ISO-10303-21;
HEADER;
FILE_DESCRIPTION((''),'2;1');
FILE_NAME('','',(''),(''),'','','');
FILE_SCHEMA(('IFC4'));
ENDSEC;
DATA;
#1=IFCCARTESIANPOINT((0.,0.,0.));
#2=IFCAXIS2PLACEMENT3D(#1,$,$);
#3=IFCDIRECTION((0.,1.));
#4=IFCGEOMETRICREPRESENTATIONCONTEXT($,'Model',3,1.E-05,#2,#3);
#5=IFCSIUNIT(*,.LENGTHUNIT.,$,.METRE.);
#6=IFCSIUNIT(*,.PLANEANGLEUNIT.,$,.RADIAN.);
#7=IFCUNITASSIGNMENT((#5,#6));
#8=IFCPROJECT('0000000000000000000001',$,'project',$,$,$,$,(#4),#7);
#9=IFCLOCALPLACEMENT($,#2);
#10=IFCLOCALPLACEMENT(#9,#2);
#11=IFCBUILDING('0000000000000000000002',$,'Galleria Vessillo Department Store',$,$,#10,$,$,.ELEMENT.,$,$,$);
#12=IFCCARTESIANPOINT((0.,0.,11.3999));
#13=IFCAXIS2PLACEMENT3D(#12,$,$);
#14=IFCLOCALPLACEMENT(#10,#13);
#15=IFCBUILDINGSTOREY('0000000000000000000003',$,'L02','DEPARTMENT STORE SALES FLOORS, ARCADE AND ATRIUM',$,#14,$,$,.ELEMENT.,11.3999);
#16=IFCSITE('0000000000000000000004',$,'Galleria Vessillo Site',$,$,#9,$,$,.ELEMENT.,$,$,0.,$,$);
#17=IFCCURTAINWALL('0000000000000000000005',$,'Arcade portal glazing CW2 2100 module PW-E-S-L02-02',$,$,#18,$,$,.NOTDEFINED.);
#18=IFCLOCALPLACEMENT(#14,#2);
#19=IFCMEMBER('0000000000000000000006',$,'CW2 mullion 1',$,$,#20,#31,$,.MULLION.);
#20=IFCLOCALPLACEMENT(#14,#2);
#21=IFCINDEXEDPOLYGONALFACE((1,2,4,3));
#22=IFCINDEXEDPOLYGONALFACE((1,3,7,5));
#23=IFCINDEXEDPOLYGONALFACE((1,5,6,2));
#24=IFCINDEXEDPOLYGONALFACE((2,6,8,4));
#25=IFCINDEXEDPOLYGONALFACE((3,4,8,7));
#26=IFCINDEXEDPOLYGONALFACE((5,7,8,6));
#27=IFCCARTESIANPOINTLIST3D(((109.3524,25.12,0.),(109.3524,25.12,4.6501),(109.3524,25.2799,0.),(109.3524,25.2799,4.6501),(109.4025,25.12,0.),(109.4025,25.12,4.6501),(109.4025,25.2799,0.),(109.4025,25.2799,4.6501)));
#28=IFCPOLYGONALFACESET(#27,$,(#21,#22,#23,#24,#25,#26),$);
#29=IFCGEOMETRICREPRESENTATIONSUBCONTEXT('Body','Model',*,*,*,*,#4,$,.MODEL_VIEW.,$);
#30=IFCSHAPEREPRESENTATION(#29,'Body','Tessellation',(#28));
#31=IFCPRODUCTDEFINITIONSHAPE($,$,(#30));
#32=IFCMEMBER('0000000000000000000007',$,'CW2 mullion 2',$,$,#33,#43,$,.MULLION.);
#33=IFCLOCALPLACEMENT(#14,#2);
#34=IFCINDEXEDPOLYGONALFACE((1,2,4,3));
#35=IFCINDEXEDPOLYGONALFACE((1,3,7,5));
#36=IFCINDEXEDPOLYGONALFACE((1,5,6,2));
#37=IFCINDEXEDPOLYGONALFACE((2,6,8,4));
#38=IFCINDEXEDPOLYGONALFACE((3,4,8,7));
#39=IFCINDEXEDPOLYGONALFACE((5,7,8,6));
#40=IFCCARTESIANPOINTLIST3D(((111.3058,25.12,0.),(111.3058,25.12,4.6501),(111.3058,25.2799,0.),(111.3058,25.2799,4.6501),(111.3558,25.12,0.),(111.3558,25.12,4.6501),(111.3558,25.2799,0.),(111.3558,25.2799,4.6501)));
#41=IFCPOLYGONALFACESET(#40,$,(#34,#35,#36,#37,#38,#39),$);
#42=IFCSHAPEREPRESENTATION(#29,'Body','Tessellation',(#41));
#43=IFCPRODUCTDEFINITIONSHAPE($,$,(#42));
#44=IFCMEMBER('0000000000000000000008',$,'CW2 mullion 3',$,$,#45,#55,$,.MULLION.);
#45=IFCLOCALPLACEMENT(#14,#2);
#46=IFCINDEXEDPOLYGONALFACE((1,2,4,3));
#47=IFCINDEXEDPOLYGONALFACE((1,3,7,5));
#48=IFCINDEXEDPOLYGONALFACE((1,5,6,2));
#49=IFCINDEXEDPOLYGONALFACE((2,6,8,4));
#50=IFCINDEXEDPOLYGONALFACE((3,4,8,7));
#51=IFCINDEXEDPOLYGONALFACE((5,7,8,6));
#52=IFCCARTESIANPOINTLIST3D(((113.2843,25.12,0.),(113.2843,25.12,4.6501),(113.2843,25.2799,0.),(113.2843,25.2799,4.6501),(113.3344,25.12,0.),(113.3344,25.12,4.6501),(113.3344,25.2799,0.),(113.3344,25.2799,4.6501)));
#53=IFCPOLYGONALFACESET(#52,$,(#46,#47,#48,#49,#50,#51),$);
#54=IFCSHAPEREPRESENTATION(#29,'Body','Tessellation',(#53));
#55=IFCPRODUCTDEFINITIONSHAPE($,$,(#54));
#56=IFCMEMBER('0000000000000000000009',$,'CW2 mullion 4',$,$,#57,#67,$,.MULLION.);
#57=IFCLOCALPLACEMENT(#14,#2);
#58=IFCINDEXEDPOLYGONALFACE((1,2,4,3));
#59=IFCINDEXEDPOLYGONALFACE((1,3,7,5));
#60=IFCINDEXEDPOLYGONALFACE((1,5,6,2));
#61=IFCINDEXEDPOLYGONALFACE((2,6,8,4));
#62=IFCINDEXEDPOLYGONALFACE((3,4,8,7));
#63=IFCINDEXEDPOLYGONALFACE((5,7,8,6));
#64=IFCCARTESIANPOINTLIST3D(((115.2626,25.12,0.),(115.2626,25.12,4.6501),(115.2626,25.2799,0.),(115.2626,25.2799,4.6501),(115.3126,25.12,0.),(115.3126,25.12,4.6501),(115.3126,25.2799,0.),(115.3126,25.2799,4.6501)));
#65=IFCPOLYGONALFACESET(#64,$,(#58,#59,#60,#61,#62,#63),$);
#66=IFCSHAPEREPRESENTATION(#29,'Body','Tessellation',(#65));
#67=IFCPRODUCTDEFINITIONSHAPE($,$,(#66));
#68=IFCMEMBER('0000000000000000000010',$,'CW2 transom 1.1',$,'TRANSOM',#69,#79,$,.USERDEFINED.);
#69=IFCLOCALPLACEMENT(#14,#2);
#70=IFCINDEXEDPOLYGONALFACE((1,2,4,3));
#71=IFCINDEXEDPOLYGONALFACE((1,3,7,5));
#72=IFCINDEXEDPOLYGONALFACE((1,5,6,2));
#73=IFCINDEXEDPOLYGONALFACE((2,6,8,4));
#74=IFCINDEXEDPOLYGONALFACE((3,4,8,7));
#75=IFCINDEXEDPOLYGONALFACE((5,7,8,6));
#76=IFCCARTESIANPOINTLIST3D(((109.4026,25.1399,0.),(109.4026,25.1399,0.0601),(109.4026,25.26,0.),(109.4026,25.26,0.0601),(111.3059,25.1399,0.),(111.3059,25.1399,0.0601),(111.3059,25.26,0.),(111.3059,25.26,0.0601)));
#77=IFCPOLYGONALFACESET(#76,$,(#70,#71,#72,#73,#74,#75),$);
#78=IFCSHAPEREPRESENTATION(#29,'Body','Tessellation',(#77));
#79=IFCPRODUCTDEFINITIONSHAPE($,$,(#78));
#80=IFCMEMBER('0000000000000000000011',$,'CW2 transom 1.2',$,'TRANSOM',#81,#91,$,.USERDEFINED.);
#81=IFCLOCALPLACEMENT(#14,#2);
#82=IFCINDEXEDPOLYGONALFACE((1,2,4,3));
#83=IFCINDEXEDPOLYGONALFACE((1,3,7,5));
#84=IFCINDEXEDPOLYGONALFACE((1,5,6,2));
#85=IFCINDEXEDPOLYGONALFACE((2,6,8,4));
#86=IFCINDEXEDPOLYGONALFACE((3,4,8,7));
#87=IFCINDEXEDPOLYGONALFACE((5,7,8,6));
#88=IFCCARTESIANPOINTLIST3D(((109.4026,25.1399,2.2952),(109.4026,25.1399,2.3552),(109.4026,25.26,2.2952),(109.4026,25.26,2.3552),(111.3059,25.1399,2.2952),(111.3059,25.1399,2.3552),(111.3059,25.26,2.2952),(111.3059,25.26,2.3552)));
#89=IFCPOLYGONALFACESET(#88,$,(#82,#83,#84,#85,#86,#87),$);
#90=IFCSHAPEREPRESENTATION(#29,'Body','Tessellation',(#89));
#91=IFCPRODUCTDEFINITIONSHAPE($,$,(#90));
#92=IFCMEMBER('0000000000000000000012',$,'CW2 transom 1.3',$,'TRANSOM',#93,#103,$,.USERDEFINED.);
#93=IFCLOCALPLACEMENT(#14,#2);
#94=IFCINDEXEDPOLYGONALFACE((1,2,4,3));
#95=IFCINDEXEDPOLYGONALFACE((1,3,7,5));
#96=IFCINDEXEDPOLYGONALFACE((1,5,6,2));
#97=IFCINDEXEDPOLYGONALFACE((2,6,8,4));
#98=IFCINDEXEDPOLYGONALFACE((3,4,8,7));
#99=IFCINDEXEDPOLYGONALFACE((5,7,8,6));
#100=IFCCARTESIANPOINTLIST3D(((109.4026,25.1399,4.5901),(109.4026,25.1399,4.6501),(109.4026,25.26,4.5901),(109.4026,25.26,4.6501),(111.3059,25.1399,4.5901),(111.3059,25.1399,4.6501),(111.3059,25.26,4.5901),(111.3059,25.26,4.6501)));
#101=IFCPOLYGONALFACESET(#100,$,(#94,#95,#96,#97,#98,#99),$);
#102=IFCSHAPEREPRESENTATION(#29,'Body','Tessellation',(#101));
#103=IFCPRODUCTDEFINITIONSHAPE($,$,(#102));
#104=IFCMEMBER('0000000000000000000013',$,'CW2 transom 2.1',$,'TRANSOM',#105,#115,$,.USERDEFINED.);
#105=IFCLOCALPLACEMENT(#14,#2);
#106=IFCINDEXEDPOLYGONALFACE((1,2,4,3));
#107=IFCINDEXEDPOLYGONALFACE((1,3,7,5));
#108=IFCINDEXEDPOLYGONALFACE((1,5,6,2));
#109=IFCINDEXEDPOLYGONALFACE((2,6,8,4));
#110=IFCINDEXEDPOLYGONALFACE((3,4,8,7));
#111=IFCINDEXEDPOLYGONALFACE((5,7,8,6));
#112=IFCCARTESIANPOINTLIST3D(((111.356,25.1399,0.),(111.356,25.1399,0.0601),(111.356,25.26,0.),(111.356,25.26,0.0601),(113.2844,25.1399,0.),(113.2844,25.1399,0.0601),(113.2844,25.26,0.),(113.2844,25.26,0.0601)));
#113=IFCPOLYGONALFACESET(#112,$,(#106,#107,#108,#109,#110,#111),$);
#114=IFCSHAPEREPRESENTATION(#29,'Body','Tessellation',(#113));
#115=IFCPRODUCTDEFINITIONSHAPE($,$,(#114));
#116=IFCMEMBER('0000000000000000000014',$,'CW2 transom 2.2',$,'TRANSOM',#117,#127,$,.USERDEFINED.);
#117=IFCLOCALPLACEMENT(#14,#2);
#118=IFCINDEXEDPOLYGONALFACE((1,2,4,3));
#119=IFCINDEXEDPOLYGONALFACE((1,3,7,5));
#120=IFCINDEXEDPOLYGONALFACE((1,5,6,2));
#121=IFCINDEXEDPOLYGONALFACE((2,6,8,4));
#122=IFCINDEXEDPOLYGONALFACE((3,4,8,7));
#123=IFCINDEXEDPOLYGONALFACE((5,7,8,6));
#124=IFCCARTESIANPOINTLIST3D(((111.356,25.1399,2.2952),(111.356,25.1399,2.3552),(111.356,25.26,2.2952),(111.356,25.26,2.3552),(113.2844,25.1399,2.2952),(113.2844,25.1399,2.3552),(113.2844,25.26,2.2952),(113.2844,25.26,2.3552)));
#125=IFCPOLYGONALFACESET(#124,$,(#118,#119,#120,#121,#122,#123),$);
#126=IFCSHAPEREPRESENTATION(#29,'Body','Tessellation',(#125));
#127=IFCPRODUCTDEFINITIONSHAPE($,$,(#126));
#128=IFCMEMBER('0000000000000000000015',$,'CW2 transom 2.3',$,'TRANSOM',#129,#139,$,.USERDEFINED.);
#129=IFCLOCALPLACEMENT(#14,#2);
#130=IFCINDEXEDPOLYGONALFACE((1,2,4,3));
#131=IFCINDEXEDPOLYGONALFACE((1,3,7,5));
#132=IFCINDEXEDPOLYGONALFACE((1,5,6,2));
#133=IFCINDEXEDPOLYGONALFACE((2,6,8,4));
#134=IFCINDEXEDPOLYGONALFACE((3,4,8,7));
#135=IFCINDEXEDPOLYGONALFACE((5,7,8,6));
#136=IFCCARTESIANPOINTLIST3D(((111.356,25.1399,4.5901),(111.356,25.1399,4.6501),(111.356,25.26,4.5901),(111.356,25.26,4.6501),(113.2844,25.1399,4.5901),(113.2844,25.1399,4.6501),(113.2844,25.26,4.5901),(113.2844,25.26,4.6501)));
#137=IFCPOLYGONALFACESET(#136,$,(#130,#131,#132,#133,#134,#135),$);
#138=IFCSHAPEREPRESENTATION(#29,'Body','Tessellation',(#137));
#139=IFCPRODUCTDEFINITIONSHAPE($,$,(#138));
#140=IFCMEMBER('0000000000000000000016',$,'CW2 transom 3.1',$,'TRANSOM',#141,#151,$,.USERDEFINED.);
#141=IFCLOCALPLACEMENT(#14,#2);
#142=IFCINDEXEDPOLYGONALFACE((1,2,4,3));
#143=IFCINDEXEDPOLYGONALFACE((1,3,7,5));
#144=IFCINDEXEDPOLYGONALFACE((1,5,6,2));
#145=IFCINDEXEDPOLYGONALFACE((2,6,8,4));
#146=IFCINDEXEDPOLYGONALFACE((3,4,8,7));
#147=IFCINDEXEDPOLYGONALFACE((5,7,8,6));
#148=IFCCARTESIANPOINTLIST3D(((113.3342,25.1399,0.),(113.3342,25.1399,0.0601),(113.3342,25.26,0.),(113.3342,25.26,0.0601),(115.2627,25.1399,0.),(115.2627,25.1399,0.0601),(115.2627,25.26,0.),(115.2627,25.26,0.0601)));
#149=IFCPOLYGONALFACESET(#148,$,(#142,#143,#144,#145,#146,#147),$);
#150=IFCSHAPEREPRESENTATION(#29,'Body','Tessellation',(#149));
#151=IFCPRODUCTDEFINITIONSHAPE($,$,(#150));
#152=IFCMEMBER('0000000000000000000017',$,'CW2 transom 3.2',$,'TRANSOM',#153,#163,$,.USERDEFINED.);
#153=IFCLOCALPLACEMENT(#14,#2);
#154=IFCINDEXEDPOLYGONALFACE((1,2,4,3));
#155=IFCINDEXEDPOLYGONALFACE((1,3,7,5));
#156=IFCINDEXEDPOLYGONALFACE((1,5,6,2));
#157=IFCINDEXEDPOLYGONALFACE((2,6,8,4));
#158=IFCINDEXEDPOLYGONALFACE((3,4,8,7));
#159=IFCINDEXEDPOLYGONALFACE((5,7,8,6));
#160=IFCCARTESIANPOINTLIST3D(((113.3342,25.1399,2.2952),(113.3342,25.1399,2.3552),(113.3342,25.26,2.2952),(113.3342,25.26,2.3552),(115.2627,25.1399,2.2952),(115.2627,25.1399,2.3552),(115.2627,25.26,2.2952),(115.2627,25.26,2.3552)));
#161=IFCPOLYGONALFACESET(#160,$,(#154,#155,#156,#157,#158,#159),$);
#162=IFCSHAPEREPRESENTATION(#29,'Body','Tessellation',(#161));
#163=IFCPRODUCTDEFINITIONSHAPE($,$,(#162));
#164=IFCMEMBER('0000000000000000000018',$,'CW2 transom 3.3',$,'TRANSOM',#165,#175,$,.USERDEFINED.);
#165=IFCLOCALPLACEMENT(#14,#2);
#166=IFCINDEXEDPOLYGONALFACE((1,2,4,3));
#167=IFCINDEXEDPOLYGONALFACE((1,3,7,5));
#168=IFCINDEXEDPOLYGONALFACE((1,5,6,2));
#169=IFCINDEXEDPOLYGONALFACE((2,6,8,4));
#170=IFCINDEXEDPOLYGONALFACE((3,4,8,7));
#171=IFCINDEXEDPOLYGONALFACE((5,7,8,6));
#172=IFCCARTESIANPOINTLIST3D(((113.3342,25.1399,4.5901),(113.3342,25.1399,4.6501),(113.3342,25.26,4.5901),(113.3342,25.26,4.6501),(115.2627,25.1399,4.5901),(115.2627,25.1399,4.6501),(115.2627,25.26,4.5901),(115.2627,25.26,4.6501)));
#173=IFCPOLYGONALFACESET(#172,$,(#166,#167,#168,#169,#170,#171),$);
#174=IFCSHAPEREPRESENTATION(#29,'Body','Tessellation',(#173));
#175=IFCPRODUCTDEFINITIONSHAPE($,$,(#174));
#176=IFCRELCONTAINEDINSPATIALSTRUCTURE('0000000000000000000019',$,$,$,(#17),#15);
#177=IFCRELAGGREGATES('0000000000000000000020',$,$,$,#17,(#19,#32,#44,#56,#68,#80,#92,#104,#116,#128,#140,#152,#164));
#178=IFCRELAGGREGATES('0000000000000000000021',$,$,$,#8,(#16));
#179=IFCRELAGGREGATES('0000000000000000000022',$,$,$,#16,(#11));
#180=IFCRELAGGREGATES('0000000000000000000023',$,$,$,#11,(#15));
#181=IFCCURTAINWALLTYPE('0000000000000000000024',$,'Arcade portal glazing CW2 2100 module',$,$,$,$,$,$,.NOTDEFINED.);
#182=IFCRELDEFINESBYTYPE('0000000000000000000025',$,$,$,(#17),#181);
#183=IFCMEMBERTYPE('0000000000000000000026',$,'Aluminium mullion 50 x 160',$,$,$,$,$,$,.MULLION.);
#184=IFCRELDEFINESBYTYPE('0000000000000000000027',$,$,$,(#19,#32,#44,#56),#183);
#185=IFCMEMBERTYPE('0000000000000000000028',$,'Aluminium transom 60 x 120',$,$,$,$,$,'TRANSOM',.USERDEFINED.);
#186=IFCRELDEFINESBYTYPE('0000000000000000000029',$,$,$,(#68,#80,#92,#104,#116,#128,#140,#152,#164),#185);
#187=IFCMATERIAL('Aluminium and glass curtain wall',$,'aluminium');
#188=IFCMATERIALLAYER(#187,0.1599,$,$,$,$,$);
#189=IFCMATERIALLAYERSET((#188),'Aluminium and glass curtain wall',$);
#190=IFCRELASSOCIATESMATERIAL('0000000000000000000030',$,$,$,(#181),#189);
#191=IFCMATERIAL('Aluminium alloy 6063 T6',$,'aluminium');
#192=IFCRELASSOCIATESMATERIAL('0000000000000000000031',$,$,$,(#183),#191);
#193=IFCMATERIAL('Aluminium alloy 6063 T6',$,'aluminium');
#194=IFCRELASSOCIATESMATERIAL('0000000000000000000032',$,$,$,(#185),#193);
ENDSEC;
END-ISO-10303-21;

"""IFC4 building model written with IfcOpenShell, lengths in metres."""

from ifc_helpers import new_model, si_unit, direction, frame, origin, origin_2d, place, context, subcontext, project, spatial, rectangle, extrude, material, layer, layer_set, material_profile, profile_set, type_object, element, aggregate, save


model = new_model("IFC4")

# Units and contexts
model_context = context("Model", 3, precision=1e-05, world=origin(), true_north=direction((0.0, 1.0)))
body_context = subcontext(model_context, "Body", "Model", "MODEL_VIEW")
ifc_project = project(units=[si_unit("LENGTHUNIT", "METRE"), si_unit("PLANEANGLEUNIT", "RADIAN")], contexts=[model_context])

# Site, building, storey
site_placement = place(None, origin())
site = spatial("IfcSite", under=ifc_project, at=site_placement, Name="Galleria Vessillo Site", CompositionType="ELEMENT", RefElevation=0.0)
building_placement = place(site_placement, origin())
building = spatial("IfcBuilding", under=site, at=building_placement, Name="Galleria Vessillo Department Store", CompositionType="ELEMENT")
storey_placement = place(building_placement, frame((0.0, 0.0, 11.3999)))
storey = spatial("IfcBuildingStorey", under=building, at=storey_placement, Name="L02", Description="DEPARTMENT STORE SALES FLOORS, ARCADE AND ATRIUM", CompositionType="ELEMENT", Elevation=11.3999)

# Curtain wall, members
ifc_material_1 = material(Name="Aluminium and glass curtain wall", Category="aluminium")
ifc_layer_1 = layer(ifc_material_1, 0.1599)
ifc_layer_set_1 = layer_set([ifc_layer_1], Name="Aluminium and glass curtain wall")
curtain_wall_type = type_object("IfcCurtainWallType", Name="Arcade portal glazing CW2 2100 module", PredefinedType="NOTDEFINED", material=ifc_layer_set_1)
curtain_wall_placement = place(storey_placement, origin())
curtain_wall = element("IfcCurtainWall", 1, at=curtain_wall_placement, inside=storey, type_object=curtain_wall_type, Name="Arcade portal glazing CW2 2100 module PW-E-S-L02-02", PredefinedType="NOTDEFINED")
ifc_material_2 = material(Name="Aluminium alloy 6063 T6", Category="aluminium")
ifc_material_profile_1 = material_profile(ifc_material_2, rectangle(XDim=0.1599, YDim=0.05, at=origin_2d()), Name="AL 50x160")
ifc_profile_set_1 = profile_set([ifc_material_profile_1], Name="Aluminium alloy 6063 T6")
member_type_1 = type_object("IfcMemberType", Name="Aluminium mullion 50 x 160", PredefinedType="MULLION", material=ifc_profile_set_1)
member_1_placement = place(storey_placement, frame((109.3774, 25.2, 0.0), z_axis=(0.0, 0.0, 1.0), x_axis=(0.0, 1.0, 0.0)))
member_1 = element("IfcMember", 2, at=member_1_placement, type_object=member_type_1, Name="CW2 mullion 1", PredefinedType="MULLION", context=body_context, shape_type="SweptSolid", body=[
    extrude(rectangle(XDim=0.1599, YDim=0.05, at=origin_2d()), origin(), (0.0, 0.0, 1.0), 4.6501),
])
member_2_placement = place(storey_placement, frame((111.3308, 25.2, 0.0), z_axis=(0.0, 0.0, 1.0), x_axis=(0.0, 1.0, 0.0)))
member_2 = element("IfcMember", 3, at=member_2_placement, type_object=member_type_1, Name="CW2 mullion 2", PredefinedType="MULLION", context=body_context, shape_type="SweptSolid", body=[
    extrude(rectangle(XDim=0.1599, YDim=0.05, at=origin_2d()), origin(), (0.0, 0.0, 1.0), 4.6501),
])
member_3_placement = place(storey_placement, frame((113.3093, 25.2, 0.0), z_axis=(0.0, 0.0, 1.0), x_axis=(0.0, 1.0, 0.0)))
member_3 = element("IfcMember", 4, at=member_3_placement, type_object=member_type_1, Name="CW2 mullion 3", PredefinedType="MULLION", context=body_context, shape_type="SweptSolid", body=[
    extrude(rectangle(XDim=0.1599, YDim=0.05, at=origin_2d()), origin(), (0.0, 0.0, 1.0), 4.6501),
])
member_4_placement = place(storey_placement, frame((115.2876, 25.2, 0.0), z_axis=(0.0, 0.0, 1.0), x_axis=(0.0, 1.0, 0.0)))
member_4 = element("IfcMember", 5, at=member_4_placement, type_object=member_type_1, Name="CW2 mullion 4", PredefinedType="MULLION", context=body_context, shape_type="SweptSolid", body=[
    extrude(rectangle(XDim=0.1599, YDim=0.05, at=origin_2d()), origin(), (0.0, 0.0, 1.0), 4.6501),
])
ifc_material_3 = material(Name="Aluminium alloy 6063 T6", Category="aluminium")
ifc_material_profile_2 = material_profile(ifc_material_3, rectangle(XDim=0.1201, YDim=0.0601, at=origin_2d()), Name="AL 60x120")
ifc_profile_set_2 = profile_set([ifc_material_profile_2], Name="Aluminium alloy 6063 T6")
member_type_2 = type_object("IfcMemberType", Name="Aluminium transom 60 x 120", ElementType="TRANSOM", PredefinedType="USERDEFINED", material=ifc_profile_set_2)
member_5_placement = place(storey_placement, frame((109.4026, 25.2, 0.03), z_axis=(1.0, 0.0, 0.0), x_axis=(0.0, 1.0, 0.0)))
member_5 = element("IfcMember", 6, at=member_5_placement, type_object=member_type_2, Name="CW2 transom 1.1", ObjectType="TRANSOM", PredefinedType="USERDEFINED", context=body_context, shape_type="SweptSolid", body=[
    extrude(rectangle(XDim=0.1201, YDim=0.0601, at=origin_2d()), origin(), (0.0, 0.0, 1.0), 1.9033),
])
member_6_placement = place(storey_placement, frame((109.4026, 25.2, 2.3252), z_axis=(1.0, 0.0, 0.0), x_axis=(0.0, 1.0, 0.0)))
member_6 = element("IfcMember", 7, at=member_6_placement, type_object=member_type_2, Name="CW2 transom 1.2", ObjectType="TRANSOM", PredefinedType="USERDEFINED", context=body_context, shape_type="SweptSolid", body=[
    extrude(rectangle(XDim=0.1201, YDim=0.0601, at=origin_2d()), origin(), (0.0, 0.0, 1.0), 1.9033),
])
member_7_placement = place(storey_placement, frame((109.4026, 25.2, 4.6201), z_axis=(1.0, 0.0, 0.0), x_axis=(0.0, 1.0, 0.0)))
member_7 = element("IfcMember", 8, at=member_7_placement, type_object=member_type_2, Name="CW2 transom 1.3", ObjectType="TRANSOM", PredefinedType="USERDEFINED", context=body_context, shape_type="SweptSolid", body=[
    extrude(rectangle(XDim=0.1201, YDim=0.0601, at=origin_2d()), origin(), (0.0, 0.0, 1.0), 1.9033),
])
member_8_placement = place(storey_placement, frame((111.356, 25.2, 0.03), z_axis=(1.0, 0.0, 0.0), x_axis=(0.0, 1.0, 0.0)))
member_8 = element("IfcMember", 9, at=member_8_placement, type_object=member_type_2, Name="CW2 transom 2.1", ObjectType="TRANSOM", PredefinedType="USERDEFINED", context=body_context, shape_type="SweptSolid", body=[
    extrude(rectangle(XDim=0.1201, YDim=0.0601, at=origin_2d()), origin(), (0.0, 0.0, 1.0), 1.9285),
])
member_9_placement = place(storey_placement, frame((111.356, 25.2, 2.3252), z_axis=(1.0, 0.0, 0.0), x_axis=(0.0, 1.0, 0.0)))
member_9 = element("IfcMember", 10, at=member_9_placement, type_object=member_type_2, Name="CW2 transom 2.2", ObjectType="TRANSOM", PredefinedType="USERDEFINED", context=body_context, shape_type="SweptSolid", body=[
    extrude(rectangle(XDim=0.1201, YDim=0.0601, at=origin_2d()), origin(), (0.0, 0.0, 1.0), 1.9285),
])
member_10_placement = place(storey_placement, frame((111.356, 25.2, 4.6201), z_axis=(1.0, 0.0, 0.0), x_axis=(0.0, 1.0, 0.0)))
member_10 = element("IfcMember", 11, at=member_10_placement, type_object=member_type_2, Name="CW2 transom 2.3", ObjectType="TRANSOM", PredefinedType="USERDEFINED", context=body_context, shape_type="SweptSolid", body=[
    extrude(rectangle(XDim=0.1201, YDim=0.0601, at=origin_2d()), origin(), (0.0, 0.0, 1.0), 1.9285),
])
member_11_placement = place(storey_placement, frame((113.3342, 25.2, 0.03), z_axis=(1.0, 0.0, 0.0), x_axis=(0.0, 1.0, 0.0)))
member_11 = element("IfcMember", 12, at=member_11_placement, type_object=member_type_2, Name="CW2 transom 3.1", ObjectType="TRANSOM", PredefinedType="USERDEFINED", context=body_context, shape_type="SweptSolid", body=[
    extrude(rectangle(XDim=0.1201, YDim=0.0601, at=origin_2d()), origin(), (0.0, 0.0, 1.0), 1.9285),
])
member_12_placement = place(storey_placement, frame((113.3342, 25.2, 2.3252), z_axis=(1.0, 0.0, 0.0), x_axis=(0.0, 1.0, 0.0)))
member_12 = element("IfcMember", 13, at=member_12_placement, type_object=member_type_2, Name="CW2 transom 3.2", ObjectType="TRANSOM", PredefinedType="USERDEFINED", context=body_context, shape_type="SweptSolid", body=[
    extrude(rectangle(XDim=0.1201, YDim=0.0601, at=origin_2d()), origin(), (0.0, 0.0, 1.0), 1.9285),
])
member_13_placement = place(storey_placement, frame((113.3342, 25.2, 4.6201), z_axis=(1.0, 0.0, 0.0), x_axis=(0.0, 1.0, 0.0)))
member_13 = element("IfcMember", 14, at=member_13_placement, type_object=member_type_2, Name="CW2 transom 3.3", ObjectType="TRANSOM", PredefinedType="USERDEFINED", context=body_context, shape_type="SweptSolid", body=[
    extrude(rectangle(XDim=0.1201, YDim=0.0601, at=origin_2d()), origin(), (0.0, 0.0, 1.0), 1.9285),
])

aggregate(curtain_wall, [member_1, member_2, member_3, member_4, member_5, member_6, member_7, member_8, member_9, member_10, member_11, member_12, member_13])

save(model, "model.ifc")
